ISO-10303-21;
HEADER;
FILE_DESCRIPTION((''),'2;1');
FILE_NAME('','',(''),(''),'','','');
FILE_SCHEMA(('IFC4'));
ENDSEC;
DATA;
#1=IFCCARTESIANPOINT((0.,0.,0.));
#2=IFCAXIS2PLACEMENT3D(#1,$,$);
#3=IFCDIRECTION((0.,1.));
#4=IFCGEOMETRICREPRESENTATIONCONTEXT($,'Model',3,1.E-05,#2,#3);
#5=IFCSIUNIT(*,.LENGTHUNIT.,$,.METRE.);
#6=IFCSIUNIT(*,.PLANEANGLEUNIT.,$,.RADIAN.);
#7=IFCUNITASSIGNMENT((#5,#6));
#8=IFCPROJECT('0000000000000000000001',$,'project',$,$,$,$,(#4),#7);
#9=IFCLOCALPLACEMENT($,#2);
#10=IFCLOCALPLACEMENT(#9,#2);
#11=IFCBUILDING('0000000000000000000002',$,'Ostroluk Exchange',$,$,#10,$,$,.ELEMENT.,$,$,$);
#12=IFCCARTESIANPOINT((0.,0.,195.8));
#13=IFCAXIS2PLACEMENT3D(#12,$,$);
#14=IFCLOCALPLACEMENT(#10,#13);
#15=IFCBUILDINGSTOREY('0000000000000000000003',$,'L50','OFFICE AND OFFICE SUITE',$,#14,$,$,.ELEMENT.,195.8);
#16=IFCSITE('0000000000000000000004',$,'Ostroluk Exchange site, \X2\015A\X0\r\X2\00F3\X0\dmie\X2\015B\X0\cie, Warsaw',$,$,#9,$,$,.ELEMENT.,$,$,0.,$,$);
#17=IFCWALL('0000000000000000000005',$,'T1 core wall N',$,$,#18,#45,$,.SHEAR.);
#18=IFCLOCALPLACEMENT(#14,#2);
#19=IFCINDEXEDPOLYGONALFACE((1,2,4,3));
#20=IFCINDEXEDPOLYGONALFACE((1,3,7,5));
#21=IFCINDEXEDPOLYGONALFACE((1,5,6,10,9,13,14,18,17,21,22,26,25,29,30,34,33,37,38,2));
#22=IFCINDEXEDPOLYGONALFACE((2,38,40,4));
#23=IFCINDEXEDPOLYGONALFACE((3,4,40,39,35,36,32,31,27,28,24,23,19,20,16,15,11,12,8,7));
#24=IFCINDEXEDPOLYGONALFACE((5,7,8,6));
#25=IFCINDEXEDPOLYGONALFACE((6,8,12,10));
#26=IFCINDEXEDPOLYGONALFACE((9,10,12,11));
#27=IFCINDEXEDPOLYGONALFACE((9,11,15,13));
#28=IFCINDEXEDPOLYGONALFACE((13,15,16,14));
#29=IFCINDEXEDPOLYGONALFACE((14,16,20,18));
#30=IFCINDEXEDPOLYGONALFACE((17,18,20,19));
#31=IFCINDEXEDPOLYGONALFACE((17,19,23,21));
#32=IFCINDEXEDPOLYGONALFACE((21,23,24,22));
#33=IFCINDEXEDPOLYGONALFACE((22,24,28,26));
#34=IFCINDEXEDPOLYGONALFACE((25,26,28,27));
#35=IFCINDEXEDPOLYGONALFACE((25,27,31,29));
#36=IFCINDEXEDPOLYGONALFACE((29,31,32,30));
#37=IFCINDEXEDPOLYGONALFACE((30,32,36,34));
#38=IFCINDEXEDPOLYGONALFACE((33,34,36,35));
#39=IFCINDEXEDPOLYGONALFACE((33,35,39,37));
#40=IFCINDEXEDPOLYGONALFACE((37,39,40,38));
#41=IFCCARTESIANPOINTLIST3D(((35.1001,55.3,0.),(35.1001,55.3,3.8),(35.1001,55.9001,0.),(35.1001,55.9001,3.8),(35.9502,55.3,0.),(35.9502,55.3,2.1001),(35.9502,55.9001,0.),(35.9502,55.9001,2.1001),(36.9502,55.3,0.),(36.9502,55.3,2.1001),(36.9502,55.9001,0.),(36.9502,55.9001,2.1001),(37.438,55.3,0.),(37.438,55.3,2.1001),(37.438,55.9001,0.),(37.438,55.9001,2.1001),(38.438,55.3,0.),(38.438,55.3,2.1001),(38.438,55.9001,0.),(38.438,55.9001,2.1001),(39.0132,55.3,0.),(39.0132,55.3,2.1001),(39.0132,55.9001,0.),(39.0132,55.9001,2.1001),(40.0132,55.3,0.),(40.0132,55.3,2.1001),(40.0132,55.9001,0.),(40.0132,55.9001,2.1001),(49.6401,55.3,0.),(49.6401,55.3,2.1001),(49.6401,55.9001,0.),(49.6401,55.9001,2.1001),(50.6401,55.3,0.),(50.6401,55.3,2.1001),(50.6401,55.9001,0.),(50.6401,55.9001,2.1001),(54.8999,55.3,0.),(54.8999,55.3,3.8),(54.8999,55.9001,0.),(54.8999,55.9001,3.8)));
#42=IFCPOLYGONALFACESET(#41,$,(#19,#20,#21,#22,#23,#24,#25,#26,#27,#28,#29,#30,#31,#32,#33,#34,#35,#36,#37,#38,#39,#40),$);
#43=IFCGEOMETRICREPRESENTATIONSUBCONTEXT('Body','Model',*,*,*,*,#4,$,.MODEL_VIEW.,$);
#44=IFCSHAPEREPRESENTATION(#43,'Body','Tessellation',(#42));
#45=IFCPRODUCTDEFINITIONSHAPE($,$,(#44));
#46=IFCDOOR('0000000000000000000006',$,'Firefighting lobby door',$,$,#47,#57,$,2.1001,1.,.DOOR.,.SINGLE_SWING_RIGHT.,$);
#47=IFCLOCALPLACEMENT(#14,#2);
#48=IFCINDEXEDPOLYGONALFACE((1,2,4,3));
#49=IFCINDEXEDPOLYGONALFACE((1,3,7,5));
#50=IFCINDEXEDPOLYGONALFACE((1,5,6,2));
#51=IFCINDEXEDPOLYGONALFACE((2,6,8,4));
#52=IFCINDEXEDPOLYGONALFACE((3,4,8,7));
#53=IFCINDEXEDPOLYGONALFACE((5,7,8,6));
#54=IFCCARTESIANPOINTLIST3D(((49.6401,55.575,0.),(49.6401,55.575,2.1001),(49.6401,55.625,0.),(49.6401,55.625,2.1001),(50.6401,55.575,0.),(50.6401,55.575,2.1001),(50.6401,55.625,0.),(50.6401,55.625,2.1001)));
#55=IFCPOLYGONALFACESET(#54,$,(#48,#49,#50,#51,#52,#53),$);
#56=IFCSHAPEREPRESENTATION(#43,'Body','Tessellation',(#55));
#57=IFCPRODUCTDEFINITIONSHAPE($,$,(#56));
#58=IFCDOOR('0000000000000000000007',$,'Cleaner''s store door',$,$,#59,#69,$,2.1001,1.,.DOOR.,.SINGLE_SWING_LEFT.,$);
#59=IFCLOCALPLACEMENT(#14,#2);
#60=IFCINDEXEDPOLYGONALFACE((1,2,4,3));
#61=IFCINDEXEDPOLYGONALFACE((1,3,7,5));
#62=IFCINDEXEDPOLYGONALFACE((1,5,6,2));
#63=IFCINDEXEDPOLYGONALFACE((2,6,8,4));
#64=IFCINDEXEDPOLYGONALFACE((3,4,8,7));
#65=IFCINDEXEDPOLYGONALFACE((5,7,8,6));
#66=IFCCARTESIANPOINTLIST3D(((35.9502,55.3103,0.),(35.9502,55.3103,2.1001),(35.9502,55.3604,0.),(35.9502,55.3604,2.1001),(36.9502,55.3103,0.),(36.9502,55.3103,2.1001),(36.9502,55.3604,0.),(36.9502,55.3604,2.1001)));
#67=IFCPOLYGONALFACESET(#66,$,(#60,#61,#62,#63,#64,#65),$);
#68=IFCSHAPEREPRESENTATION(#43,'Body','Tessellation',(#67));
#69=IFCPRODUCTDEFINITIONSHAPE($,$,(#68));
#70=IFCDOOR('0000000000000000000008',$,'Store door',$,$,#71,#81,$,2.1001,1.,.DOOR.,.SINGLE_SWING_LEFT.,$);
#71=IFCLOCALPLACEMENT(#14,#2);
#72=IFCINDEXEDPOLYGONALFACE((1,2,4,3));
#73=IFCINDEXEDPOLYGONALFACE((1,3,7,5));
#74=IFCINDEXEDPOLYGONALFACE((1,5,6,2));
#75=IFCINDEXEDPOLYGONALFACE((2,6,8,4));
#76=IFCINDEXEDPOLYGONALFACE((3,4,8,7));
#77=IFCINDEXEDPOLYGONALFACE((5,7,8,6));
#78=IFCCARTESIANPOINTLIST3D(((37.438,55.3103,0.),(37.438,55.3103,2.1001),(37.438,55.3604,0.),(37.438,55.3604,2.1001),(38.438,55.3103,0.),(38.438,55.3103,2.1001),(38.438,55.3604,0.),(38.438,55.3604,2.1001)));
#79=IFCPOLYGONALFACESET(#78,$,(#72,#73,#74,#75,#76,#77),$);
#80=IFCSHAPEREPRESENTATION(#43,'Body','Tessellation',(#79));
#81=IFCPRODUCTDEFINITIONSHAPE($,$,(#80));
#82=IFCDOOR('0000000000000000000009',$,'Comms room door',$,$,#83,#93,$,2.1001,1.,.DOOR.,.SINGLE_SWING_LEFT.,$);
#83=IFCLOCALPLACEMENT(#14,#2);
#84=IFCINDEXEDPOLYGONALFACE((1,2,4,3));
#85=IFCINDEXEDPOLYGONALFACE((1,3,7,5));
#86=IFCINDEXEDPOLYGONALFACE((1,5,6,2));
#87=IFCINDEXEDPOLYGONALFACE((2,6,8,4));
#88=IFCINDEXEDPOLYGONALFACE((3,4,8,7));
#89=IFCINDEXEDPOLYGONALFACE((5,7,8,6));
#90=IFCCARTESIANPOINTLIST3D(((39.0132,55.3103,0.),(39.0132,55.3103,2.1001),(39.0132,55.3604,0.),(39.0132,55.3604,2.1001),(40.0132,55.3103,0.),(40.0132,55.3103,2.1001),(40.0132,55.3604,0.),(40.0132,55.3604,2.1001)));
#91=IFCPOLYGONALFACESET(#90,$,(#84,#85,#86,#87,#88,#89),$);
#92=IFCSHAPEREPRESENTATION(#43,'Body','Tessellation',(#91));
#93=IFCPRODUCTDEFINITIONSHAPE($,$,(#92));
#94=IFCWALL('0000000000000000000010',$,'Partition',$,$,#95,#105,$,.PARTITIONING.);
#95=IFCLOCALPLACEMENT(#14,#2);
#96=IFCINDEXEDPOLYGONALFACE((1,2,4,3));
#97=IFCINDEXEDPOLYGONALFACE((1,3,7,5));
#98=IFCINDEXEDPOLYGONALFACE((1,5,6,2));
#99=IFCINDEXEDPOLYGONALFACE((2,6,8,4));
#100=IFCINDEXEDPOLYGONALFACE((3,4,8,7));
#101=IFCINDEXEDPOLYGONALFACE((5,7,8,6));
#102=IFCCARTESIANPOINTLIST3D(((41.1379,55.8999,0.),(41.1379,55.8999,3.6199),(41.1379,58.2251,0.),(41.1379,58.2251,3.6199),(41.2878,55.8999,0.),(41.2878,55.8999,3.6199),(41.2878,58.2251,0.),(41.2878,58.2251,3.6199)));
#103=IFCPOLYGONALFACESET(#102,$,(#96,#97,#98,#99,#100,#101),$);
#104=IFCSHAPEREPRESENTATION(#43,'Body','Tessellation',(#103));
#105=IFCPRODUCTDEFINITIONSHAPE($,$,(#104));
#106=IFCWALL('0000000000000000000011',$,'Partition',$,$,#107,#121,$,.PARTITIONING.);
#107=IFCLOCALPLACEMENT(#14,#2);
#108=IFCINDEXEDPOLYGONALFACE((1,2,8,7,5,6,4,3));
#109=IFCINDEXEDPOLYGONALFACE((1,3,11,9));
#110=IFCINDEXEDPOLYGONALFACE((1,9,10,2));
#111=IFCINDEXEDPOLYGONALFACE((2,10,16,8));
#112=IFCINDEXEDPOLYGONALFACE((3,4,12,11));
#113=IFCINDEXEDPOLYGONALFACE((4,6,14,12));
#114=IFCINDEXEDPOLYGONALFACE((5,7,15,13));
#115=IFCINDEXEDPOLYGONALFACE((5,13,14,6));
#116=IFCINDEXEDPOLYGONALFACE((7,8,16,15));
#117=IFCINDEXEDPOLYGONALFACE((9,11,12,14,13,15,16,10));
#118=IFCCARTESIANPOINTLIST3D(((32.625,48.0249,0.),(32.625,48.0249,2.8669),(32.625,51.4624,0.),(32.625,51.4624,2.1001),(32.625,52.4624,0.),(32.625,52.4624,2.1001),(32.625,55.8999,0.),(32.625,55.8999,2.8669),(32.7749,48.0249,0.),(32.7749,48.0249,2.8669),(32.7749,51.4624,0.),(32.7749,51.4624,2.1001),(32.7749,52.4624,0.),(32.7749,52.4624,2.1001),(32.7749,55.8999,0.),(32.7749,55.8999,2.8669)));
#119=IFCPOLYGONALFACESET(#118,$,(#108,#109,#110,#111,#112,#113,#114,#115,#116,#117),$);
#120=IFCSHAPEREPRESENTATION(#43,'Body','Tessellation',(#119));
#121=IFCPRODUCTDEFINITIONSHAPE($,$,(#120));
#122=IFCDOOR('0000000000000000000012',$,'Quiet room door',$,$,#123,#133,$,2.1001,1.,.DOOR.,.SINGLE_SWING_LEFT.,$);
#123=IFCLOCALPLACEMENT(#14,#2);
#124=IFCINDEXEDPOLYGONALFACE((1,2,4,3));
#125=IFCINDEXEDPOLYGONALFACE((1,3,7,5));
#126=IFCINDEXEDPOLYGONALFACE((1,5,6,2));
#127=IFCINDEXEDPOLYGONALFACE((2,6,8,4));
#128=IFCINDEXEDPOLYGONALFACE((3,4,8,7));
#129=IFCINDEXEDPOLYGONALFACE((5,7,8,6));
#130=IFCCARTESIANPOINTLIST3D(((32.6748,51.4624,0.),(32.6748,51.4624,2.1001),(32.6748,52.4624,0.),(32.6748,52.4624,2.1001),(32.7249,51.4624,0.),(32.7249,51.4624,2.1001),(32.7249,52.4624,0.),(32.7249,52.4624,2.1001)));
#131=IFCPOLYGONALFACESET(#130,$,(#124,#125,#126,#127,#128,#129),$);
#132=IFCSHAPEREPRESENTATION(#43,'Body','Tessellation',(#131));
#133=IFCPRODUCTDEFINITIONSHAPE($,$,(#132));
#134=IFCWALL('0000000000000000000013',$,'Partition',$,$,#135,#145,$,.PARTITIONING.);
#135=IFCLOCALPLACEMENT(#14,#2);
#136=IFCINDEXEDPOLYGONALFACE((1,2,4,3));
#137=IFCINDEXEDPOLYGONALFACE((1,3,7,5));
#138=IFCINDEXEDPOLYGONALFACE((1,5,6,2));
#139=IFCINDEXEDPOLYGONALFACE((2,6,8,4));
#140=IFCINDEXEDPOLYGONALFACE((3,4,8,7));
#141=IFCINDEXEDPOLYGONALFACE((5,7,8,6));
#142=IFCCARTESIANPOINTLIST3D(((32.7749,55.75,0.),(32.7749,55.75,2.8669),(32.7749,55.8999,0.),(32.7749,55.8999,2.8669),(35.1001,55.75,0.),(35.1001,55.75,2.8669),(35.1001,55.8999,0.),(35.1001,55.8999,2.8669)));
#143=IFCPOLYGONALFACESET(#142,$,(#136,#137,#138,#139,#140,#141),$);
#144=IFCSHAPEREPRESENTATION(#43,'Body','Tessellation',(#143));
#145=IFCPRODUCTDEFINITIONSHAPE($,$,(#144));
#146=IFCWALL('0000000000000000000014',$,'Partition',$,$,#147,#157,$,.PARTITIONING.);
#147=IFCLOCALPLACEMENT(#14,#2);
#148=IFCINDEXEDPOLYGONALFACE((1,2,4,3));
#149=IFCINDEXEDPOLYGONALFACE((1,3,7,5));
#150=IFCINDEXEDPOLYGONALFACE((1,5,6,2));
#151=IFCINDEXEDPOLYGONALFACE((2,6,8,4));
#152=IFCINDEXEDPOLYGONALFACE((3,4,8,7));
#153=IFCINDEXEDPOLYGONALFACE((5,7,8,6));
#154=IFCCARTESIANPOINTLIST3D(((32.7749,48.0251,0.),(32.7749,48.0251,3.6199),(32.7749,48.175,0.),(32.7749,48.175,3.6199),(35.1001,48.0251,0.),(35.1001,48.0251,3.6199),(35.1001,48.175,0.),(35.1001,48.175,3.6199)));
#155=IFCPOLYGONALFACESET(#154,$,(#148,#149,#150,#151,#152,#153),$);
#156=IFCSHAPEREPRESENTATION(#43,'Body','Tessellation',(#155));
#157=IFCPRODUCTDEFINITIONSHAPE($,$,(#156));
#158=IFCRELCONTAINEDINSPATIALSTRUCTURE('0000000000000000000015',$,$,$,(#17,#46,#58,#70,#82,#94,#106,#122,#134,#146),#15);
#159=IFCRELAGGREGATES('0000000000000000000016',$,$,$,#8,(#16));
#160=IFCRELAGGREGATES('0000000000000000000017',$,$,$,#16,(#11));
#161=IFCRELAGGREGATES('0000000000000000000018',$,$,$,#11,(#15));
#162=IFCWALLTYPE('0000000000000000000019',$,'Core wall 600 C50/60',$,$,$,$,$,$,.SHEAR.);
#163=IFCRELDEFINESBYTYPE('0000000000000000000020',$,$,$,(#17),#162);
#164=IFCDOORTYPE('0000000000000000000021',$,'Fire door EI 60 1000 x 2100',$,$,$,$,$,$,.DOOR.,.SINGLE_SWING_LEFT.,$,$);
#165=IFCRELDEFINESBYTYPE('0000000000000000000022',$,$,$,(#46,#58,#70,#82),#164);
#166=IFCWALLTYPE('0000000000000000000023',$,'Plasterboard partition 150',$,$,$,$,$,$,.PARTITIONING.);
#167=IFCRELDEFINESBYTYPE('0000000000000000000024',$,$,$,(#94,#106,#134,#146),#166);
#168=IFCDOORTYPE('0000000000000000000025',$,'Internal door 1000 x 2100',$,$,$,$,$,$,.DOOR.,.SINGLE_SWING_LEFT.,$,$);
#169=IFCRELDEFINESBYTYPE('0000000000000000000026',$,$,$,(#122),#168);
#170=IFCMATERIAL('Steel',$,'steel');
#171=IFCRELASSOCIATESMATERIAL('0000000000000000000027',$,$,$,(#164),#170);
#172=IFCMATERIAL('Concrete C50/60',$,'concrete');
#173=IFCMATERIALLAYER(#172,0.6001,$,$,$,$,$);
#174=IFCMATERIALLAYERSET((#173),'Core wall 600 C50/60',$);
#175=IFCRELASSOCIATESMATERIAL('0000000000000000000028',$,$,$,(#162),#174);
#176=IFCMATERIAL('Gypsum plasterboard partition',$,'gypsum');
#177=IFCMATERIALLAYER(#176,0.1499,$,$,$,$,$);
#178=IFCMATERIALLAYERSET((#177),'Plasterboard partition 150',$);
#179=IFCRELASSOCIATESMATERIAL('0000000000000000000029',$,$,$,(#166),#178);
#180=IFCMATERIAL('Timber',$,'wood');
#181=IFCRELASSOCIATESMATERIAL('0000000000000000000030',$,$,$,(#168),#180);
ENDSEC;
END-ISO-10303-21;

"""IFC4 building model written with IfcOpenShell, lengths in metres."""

from ifc_helpers import new_model, si_unit, direction, frame, frame_2d, origin, place, context, subcontext, project, spatial, rectangle, extrude, material, layer, layer_set, type_object, element, fill, save


model = new_model("IFC4")

# Units and contexts
model_context = context("Model", 3, precision=1e-05, world=origin(), true_north=direction((0.0, 1.0)))
body_context = subcontext(model_context, "Body", "Model", "MODEL_VIEW")
ifc_project = project(units=[si_unit("LENGTHUNIT", "METRE"), si_unit("PLANEANGLEUNIT", "RADIAN")], contexts=[model_context])

# Site, building, storey
site_placement = place(None, origin())
site = spatial("IfcSite", under=ifc_project, at=site_placement, Name="Ostroluk Exchange site, Śródmieście, Warsaw", CompositionType="ELEMENT", RefElevation=0.0)
building_placement = place(site_placement, origin())
building = spatial("IfcBuilding", under=site, at=building_placement, Name="Ostroluk Exchange", CompositionType="ELEMENT")
storey_placement = place(building_placement, frame((0.0, 0.0, 195.8)))
storey = spatial("IfcBuildingStorey", under=building, at=storey_placement, Name="L50", Description="OFFICE AND OFFICE SUITE", CompositionType="ELEMENT", Elevation=195.8)

# Wall, openings, doors
ifc_material_1 = material(Name="Steel", Category="steel")
door_type_1 = type_object("IfcDoorType", Name="Fire door EI 60 1000 x 2100", OperationType="SINGLE_SWING_LEFT", PredefinedType="DOOR", material=ifc_material_1)
ifc_material_2 = material(Name="Concrete C50/60", Category="concrete")
ifc_layer_1 = layer(ifc_material_2, 0.6001)
ifc_layer_set_1 = layer_set([ifc_layer_1], Name="Core wall 600 C50/60")
wall_type_1 = type_object("IfcWallType", Name="Core wall 600 C50/60", PredefinedType="SHEAR", material=ifc_layer_set_1)
wall_1_placement = place(storey_placement, frame((35.1001, 55.6001, 0.0), z_axis=(0.0, 0.0, 1.0), x_axis=(1.0, 0.0, 0.0)))
wall_1 = element("IfcWall", 1, at=wall_1_placement, inside=storey, type_object=wall_type_1, Name="T1 core wall N", PredefinedType="SHEAR", context=body_context, shape_type="SweptSolid", body=[
    extrude(rectangle(XDim=19.7998, YDim=0.6001, at=frame_2d((9.8999, 0.0))), origin(), (0.0, 0.0, 1.0), 3.8),
])
opening_1_placement = place(wall_1_placement, frame((14.54, 0.0, 0.0)))
opening_1 = element("IfcOpeningElement", 2, at=opening_1_placement, cuts=wall_1, PredefinedType="OPENING", context=body_context, shape_type="SweptSolid", body=[
    extrude(rectangle(XDim=1.0, YDim=2.1001, at=frame_2d((0.5, 1.05))), frame((0.0, 0.3101, 0.0), z_axis=(0.0, -1.0, 0.0), x_axis=(1.0, 0.0, 0.0)), (0.0, 0.0, 1.0), 0.6201),
])
opening_2_placement = place(wall_1_placement, frame((0.8501, 0.0, 0.0)))
opening_2 = element("IfcOpeningElement", 3, at=opening_2_placement, cuts=wall_1, PredefinedType="OPENING", context=body_context, shape_type="SweptSolid", body=[
    extrude(rectangle(XDim=1.0, YDim=2.1001, at=frame_2d((0.5, 1.05))), frame((0.0, 0.3101, 0.0), z_axis=(0.0, -1.0, 0.0), x_axis=(1.0, 0.0, 0.0)), (0.0, 0.0, 1.0), 0.6201),
])
opening_3_placement = place(wall_1_placement, frame((2.3379, 0.0, 0.0)))
opening_3 = element("IfcOpeningElement", 4, at=opening_3_placement, cuts=wall_1, PredefinedType="OPENING", context=body_context, shape_type="SweptSolid", body=[
    extrude(rectangle(XDim=1.0, YDim=2.1001, at=frame_2d((0.5, 1.05))), frame((0.0, 0.3101, 0.0), z_axis=(0.0, -1.0, 0.0), x_axis=(1.0, 0.0, 0.0)), (0.0, 0.0, 1.0), 0.6201),
])
opening_4_placement = place(wall_1_placement, frame((3.9131, 0.0, 0.0)))
opening_4 = element("IfcOpeningElement", 5, at=opening_4_placement, cuts=wall_1, PredefinedType="OPENING", context=body_context, shape_type="SweptSolid", body=[
    extrude(rectangle(XDim=1.0, YDim=2.1001, at=frame_2d((0.5, 1.05))), frame((0.0, 0.3101, 0.0), z_axis=(0.0, -1.0, 0.0), x_axis=(1.0, 0.0, 0.0)), (0.0, 0.0, 1.0), 0.6201),
])
door_1_placement = place(opening_1_placement, origin())
door_1 = element("IfcDoor", 6, at=door_1_placement, inside=storey, type_object=door_type_1, Name="Firefighting lobby door", OperationType="SINGLE_SWING_RIGHT", OverallHeight=2.1001, OverallWidth=1.0, PredefinedType="DOOR", context=body_context, shape_type="SweptSolid", body=[
    extrude(rectangle(XDim=1.0, YDim=2.1001, at=frame_2d((0.5, 1.05))), frame((0.0, 0.0249, 0.0), z_axis=(0.0, -1.0, 0.0), x_axis=(1.0, 0.0, 0.0)), (0.0, 0.0, 1.0), 0.05),
])
fill(opening_1, door_1)
door_2_placement = place(opening_2_placement, origin())
door_2 = element("IfcDoor", 7, at=door_2_placement, inside=storey, type_object=door_type_1, Name="Cleaner's store door", OperationType="SINGLE_SWING_LEFT", OverallHeight=2.1001, OverallWidth=1.0, PredefinedType="DOOR", context=body_context, shape_type="SweptSolid", body=[
    extrude(rectangle(XDim=1.0, YDim=2.1001, at=frame_2d((0.5, 1.05))), frame((0.0, -0.2397, 0.0), z_axis=(0.0, -1.0, 0.0), x_axis=(1.0, 0.0, 0.0)), (0.0, 0.0, 1.0), 0.05),
])
fill(opening_2, door_2)
door_3_placement = place(opening_3_placement, origin())
door_3 = element("IfcDoor", 8, at=door_3_placement, inside=storey, type_object=door_type_1, Name="Store door", OperationType="SINGLE_SWING_LEFT", OverallHeight=2.1001, OverallWidth=1.0, PredefinedType="DOOR", context=body_context, shape_type="SweptSolid", body=[
    extrude(rectangle(XDim=1.0, YDim=2.1001, at=frame_2d((0.5, 1.05))), frame((0.0, -0.2397, 0.0), z_axis=(0.0, -1.0, 0.0), x_axis=(1.0, 0.0, 0.0)), (0.0, 0.0, 1.0), 0.05),
])
fill(opening_3, door_3)
door_4_placement = place(opening_4_placement, origin())
door_4 = element("IfcDoor", 9, at=door_4_placement, inside=storey, type_object=door_type_1, Name="Comms room door", OperationType="SINGLE_SWING_LEFT", OverallHeight=2.1001, OverallWidth=1.0, PredefinedType="DOOR", context=body_context, shape_type="SweptSolid", body=[
    extrude(rectangle(XDim=1.0, YDim=2.1001, at=frame_2d((0.5, 1.05))), frame((0.0, -0.2397, 0.0), z_axis=(0.0, -1.0, 0.0), x_axis=(1.0, 0.0, 0.0)), (0.0, 0.0, 1.0), 0.05),
])
fill(opening_4, door_4)

# Wall
ifc_material_3 = material(Name="Gypsum plasterboard partition", Category="gypsum")
ifc_layer_2 = layer(ifc_material_3, 0.1499)
ifc_layer_set_2 = layer_set([ifc_layer_2], Name="Plasterboard partition 150")
wall_type_2 = type_object("IfcWallType", Name="Plasterboard partition 150", PredefinedType="PARTITIONING", material=ifc_layer_set_2)
wall_2_placement = place(storey_placement, frame((41.2129, 55.8999, 0.0), z_axis=(0.0, 0.0, 1.0), x_axis=(0.0, 1.0, 0.0)))
element("IfcWall", 10, at=wall_2_placement, inside=storey, type_object=wall_type_2, Name="Partition", PredefinedType="PARTITIONING", context=body_context, shape_type="SweptSolid", body=[
    extrude(rectangle(XDim=2.3252, YDim=0.1499, at=frame_2d((1.1626, 0.0))), origin(), (0.0, 0.0, 1.0), 3.6199),
])

# Wall, opening, door
wall_3_placement = place(storey_placement, frame((32.7, 55.8999, 0.0), z_axis=(0.0, 0.0, 1.0), x_axis=(0.0, -1.0, 0.0)))
wall_3 = element("IfcWall", 11, at=wall_3_placement, inside=storey, type_object=wall_type_2, Name="Partition", PredefinedType="PARTITIONING", context=body_context, shape_type="SweptSolid", body=[
    extrude(rectangle(XDim=7.875, YDim=0.1499, at=frame_2d((3.9375, 0.0))), origin(), (0.0, 0.0, 1.0), 2.8669),
])
opening_5_placement = place(wall_3_placement, frame((3.4375, 0.0, 0.0)))
opening_5 = element("IfcOpeningElement", 12, at=opening_5_placement, cuts=wall_3, PredefinedType="OPENING", context=body_context, shape_type="SweptSolid", body=[
    extrude(rectangle(XDim=1.0, YDim=2.1001, at=frame_2d((0.5, 1.05))), frame((0.0, 0.085, 0.0), z_axis=(0.0, -1.0, 0.0), x_axis=(1.0, 0.0, 0.0)), (0.0, 0.0, 1.0), 0.1699),
])
ifc_material_4 = material(Name="Timber", Category="wood")
door_type_2 = type_object("IfcDoorType", Name="Internal door 1000 x 2100", OperationType="SINGLE_SWING_LEFT", PredefinedType="DOOR", material=ifc_material_4)
door_5_placement = place(opening_5_placement, origin())
door_5 = element("IfcDoor", 13, at=door_5_placement, inside=storey, type_object=door_type_2, Name="Quiet room door", OperationType="SINGLE_SWING_LEFT", OverallHeight=2.1001, OverallWidth=1.0, PredefinedType="DOOR", context=body_context, shape_type="SweptSolid", body=[
    extrude(rectangle(XDim=1.0, YDim=2.1001, at=frame_2d((0.5, 1.05))), frame((0.0, 0.0249, 0.0), z_axis=(0.0, -1.0, 0.0), x_axis=(1.0, 0.0, 0.0)), (0.0, 0.0, 1.0), 0.05),
])
fill(opening_5, door_5)

# Walls
wall_4_placement = place(storey_placement, frame((35.1001, 55.825, 0.0), z_axis=(0.0, 0.0, 1.0), x_axis=(-1.0, 0.0, 0.0)))
element("IfcWall", 14, at=wall_4_placement, inside=storey, type_object=wall_type_2, Name="Partition", PredefinedType="PARTITIONING", context=body_context, shape_type="SweptSolid", body=[
    extrude(rectangle(XDim=2.3252, YDim=0.1499, at=frame_2d((1.1626, 0.0))), origin(), (0.0, 0.0, 1.0), 2.8669),
])
wall_5_placement = place(storey_placement, frame((35.1001, 48.1001, 0.0), z_axis=(0.0, 0.0, 1.0), x_axis=(-1.0, 0.0, 0.0)))
element("IfcWall", 15, at=wall_5_placement, inside=storey, type_object=wall_type_2, Name="Partition", PredefinedType="PARTITIONING", context=body_context, shape_type="SweptSolid", body=[
    extrude(rectangle(XDim=2.3252, YDim=0.1499, at=frame_2d((1.1626, 0.0))), origin(), (0.0, 0.0, 1.0), 3.6199),
])

save(model, "model.ifc")
